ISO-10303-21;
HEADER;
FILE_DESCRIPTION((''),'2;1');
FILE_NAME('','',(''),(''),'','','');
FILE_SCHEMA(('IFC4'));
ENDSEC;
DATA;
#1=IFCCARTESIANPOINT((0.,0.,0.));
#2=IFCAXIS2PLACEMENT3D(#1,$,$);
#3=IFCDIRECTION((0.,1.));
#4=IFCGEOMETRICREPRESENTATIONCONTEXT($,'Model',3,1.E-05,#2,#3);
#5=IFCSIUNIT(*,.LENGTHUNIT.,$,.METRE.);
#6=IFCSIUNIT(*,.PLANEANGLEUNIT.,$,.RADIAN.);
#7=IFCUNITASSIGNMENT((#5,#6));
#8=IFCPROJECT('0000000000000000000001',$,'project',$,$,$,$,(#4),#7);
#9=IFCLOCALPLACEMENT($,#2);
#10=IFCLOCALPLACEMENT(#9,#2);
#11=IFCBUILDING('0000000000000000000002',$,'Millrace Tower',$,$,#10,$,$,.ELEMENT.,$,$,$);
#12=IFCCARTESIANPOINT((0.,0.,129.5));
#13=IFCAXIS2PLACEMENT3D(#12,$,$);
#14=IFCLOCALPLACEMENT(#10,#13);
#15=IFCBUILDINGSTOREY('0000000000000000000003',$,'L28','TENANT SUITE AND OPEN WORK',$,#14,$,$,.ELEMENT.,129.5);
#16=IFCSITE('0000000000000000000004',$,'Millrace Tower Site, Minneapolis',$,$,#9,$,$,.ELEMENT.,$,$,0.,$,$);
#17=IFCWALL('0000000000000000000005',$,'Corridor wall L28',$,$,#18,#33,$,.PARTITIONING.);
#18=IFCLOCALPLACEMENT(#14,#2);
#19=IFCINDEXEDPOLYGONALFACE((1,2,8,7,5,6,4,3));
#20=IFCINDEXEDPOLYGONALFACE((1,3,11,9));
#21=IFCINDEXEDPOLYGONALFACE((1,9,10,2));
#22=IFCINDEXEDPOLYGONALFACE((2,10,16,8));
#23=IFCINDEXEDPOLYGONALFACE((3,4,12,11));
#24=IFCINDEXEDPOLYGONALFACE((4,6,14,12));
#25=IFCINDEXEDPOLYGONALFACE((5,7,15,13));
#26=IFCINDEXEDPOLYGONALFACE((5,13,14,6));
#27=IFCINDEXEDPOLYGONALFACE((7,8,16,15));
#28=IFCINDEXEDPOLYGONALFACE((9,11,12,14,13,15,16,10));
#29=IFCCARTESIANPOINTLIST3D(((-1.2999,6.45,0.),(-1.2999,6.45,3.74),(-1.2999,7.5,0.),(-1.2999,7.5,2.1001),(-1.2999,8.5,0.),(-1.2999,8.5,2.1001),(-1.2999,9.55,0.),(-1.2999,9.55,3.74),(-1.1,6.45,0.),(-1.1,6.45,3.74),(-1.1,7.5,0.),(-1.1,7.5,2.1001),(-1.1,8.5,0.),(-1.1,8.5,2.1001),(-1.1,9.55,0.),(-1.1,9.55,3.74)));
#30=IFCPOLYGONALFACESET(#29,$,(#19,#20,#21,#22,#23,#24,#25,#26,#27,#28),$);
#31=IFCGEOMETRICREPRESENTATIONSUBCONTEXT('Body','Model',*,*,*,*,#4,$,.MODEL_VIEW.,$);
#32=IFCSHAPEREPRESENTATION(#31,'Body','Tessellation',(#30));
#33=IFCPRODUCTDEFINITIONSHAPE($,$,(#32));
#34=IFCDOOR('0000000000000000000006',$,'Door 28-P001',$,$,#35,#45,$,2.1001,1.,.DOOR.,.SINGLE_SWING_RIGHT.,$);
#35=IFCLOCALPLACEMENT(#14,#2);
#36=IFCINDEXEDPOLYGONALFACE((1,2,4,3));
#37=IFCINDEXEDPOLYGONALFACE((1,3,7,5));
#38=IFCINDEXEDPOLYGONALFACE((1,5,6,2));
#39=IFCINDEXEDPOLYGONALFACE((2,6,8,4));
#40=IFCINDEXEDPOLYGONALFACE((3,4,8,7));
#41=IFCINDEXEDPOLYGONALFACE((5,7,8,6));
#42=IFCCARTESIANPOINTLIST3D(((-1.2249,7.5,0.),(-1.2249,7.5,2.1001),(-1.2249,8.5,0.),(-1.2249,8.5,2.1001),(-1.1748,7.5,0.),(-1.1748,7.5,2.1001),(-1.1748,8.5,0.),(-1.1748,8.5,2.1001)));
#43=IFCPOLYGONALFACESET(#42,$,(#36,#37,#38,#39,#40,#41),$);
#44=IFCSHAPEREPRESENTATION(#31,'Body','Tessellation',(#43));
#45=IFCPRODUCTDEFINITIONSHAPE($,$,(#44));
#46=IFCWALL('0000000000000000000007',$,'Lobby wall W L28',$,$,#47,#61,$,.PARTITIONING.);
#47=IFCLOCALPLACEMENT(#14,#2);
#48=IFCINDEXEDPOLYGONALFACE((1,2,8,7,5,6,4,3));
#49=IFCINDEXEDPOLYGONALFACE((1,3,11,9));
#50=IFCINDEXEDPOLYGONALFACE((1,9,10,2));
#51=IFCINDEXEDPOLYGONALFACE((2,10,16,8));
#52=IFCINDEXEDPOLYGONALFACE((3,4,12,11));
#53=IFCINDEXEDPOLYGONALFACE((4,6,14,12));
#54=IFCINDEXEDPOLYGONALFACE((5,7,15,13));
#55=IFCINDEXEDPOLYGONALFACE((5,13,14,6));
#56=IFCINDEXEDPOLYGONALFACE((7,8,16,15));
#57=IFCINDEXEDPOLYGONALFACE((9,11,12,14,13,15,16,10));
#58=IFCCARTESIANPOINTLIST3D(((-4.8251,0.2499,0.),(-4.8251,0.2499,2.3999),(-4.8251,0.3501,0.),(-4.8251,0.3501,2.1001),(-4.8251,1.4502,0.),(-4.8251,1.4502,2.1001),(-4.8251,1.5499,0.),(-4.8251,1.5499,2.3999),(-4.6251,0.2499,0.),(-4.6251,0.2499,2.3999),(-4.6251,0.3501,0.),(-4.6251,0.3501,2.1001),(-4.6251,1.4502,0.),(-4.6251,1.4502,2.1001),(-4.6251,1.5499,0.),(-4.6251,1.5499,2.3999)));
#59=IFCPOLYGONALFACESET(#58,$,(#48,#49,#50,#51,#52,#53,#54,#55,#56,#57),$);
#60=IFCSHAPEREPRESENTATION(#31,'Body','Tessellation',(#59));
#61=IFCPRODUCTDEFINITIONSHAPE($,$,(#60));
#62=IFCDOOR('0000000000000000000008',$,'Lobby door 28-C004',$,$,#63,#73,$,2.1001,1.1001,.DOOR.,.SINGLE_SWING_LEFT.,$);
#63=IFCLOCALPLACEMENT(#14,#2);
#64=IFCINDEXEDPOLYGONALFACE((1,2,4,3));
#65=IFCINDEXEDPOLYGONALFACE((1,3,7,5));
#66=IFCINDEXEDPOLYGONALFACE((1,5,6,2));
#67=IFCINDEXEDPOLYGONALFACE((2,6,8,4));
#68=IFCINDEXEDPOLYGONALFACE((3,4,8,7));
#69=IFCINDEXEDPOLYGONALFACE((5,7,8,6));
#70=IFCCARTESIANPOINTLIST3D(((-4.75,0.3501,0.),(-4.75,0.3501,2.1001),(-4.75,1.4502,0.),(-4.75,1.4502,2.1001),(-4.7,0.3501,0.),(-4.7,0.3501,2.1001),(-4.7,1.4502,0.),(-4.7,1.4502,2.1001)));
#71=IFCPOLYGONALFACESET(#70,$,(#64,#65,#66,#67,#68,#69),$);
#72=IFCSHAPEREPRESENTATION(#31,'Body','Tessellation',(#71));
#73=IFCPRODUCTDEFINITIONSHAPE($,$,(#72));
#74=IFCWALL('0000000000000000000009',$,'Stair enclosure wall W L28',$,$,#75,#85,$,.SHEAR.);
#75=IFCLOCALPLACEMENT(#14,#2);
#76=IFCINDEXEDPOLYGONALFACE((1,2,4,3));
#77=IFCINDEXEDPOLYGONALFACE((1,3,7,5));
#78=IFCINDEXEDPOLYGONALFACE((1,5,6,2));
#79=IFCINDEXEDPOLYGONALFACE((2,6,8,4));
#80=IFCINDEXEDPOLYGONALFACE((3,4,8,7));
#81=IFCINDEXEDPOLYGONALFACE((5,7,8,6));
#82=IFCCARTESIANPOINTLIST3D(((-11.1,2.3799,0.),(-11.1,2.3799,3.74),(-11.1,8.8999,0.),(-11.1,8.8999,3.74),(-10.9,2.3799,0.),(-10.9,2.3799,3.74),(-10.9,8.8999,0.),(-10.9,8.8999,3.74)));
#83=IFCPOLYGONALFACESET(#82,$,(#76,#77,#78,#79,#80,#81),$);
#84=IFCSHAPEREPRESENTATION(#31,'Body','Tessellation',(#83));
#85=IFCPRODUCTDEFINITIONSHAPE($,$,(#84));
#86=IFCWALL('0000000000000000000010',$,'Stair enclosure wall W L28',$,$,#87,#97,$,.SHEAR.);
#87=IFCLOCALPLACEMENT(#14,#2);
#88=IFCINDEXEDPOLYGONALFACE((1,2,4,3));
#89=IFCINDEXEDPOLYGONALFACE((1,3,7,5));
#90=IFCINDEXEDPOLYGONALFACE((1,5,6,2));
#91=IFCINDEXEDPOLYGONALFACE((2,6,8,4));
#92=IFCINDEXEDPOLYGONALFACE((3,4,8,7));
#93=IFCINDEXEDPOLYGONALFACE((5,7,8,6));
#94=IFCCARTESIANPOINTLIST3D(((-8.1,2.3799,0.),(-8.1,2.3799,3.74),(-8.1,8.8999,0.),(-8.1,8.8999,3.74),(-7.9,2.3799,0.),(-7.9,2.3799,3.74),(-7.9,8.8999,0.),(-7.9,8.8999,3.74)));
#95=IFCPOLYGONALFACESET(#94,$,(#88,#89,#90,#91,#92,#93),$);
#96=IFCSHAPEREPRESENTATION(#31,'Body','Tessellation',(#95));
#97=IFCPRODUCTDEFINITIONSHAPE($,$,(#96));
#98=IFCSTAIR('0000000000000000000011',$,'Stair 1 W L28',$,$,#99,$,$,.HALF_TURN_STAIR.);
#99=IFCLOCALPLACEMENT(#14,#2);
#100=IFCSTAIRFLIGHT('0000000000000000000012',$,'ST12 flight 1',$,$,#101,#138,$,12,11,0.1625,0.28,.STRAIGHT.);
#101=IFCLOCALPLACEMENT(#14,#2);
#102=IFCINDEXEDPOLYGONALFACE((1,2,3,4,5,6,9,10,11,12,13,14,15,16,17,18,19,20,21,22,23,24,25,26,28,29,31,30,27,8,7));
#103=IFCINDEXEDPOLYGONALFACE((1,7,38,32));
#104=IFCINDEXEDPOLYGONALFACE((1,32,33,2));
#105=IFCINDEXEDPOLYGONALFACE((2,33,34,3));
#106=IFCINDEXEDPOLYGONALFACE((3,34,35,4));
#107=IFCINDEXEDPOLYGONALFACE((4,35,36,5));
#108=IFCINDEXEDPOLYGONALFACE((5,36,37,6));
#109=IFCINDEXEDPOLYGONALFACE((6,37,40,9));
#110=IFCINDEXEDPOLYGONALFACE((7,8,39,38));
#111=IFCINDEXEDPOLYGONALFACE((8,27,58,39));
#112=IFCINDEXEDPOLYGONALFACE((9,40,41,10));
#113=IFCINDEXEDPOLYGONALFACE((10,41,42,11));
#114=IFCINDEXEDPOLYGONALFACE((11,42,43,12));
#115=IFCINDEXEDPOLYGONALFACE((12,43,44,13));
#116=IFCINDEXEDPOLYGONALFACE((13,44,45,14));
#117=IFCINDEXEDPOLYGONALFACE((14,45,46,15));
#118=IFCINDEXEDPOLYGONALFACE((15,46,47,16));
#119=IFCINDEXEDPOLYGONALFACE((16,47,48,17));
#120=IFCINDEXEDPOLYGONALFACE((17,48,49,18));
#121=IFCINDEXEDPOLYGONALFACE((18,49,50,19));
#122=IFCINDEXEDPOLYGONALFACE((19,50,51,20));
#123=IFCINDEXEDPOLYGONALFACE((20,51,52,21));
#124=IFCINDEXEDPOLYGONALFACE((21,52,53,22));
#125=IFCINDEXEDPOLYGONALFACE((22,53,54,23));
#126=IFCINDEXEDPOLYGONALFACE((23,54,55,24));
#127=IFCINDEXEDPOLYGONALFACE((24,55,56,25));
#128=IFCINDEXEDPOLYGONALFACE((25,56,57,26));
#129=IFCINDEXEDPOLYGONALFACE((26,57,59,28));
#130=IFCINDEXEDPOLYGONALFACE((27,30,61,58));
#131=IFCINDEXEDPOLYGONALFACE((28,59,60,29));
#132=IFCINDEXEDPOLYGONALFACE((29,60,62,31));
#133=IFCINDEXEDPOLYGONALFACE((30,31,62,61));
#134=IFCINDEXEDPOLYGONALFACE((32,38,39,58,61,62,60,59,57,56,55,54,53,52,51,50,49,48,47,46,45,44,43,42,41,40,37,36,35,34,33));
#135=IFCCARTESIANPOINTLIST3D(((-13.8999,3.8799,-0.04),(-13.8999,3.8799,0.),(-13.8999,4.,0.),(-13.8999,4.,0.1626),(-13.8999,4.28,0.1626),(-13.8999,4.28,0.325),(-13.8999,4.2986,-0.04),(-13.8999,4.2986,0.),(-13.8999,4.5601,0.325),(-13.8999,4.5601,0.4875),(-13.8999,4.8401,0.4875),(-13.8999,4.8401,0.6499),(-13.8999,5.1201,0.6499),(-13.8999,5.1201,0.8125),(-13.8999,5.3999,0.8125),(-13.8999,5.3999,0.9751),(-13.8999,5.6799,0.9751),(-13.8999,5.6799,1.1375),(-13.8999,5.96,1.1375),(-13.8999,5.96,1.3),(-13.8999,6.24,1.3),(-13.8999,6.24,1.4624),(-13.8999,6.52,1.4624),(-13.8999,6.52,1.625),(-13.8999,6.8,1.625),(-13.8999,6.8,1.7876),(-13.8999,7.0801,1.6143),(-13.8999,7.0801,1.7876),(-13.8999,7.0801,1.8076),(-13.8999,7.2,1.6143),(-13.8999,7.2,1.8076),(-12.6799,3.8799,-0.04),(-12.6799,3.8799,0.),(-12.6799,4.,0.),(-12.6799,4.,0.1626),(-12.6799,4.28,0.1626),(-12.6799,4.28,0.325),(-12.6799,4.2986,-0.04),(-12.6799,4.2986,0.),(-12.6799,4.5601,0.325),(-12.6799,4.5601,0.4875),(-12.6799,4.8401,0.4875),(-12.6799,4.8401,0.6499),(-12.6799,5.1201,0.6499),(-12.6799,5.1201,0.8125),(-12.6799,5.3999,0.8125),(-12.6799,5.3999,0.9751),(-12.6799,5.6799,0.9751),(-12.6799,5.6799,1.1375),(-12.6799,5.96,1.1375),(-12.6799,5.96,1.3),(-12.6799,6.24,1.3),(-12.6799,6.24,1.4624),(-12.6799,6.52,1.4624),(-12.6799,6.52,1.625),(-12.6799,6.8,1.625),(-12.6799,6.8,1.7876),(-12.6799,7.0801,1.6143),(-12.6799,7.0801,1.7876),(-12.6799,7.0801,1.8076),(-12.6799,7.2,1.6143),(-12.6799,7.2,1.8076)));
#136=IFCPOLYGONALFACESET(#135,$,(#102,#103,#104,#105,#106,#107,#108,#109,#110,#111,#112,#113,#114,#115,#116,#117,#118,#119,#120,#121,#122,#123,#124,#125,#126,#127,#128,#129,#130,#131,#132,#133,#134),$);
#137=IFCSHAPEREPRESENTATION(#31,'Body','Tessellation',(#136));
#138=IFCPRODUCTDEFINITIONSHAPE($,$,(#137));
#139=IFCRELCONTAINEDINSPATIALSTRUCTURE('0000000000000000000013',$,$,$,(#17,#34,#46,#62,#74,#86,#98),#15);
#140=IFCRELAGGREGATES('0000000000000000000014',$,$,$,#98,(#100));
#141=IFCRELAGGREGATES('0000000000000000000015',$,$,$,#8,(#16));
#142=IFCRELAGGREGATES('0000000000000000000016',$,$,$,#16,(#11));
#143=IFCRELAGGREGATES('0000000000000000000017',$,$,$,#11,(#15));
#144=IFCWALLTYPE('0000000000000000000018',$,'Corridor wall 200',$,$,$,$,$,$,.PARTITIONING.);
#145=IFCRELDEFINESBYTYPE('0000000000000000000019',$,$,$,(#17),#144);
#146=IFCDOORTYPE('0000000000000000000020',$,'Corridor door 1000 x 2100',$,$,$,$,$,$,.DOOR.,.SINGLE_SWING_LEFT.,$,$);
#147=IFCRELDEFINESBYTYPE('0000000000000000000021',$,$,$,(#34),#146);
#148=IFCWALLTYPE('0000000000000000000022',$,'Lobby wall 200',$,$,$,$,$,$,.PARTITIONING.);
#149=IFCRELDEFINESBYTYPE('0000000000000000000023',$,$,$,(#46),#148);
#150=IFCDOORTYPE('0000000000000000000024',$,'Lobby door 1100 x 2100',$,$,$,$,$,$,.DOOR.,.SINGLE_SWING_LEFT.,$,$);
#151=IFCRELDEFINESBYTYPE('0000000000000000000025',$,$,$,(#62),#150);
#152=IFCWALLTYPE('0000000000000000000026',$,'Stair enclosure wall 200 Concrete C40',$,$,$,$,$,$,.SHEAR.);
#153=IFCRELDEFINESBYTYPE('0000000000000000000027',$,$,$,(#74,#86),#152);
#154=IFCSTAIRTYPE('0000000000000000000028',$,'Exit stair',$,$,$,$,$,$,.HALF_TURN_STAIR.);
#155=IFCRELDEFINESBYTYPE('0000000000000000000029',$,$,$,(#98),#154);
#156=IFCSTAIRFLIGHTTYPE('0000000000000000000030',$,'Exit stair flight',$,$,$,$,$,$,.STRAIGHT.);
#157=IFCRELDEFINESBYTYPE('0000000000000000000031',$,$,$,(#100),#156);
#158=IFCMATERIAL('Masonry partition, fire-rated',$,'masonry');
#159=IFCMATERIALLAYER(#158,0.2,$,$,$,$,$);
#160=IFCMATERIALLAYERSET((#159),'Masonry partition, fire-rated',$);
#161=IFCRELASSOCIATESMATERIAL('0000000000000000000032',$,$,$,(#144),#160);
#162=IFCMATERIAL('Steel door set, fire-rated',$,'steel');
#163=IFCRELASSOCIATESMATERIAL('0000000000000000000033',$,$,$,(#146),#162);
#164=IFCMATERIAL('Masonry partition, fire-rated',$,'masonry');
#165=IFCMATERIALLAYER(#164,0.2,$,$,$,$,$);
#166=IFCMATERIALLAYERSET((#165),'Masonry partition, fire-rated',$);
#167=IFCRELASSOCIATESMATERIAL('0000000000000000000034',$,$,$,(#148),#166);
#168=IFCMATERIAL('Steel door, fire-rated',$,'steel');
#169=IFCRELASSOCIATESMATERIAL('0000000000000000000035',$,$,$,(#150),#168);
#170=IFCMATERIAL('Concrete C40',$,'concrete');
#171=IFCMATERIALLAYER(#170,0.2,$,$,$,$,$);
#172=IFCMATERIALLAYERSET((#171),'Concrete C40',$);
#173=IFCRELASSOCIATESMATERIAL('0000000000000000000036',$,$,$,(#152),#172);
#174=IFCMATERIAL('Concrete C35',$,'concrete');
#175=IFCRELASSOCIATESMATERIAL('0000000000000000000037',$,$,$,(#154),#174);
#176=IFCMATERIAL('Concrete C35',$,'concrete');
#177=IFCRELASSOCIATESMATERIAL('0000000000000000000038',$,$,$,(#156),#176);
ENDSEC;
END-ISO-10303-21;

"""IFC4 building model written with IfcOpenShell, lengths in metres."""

from ifc_helpers import new_model, si_unit, direction, frame, frame_2d, origin, place, context, subcontext, project, spatial, polyline, rectangle, outline, extrude, material, layer, layer_set, type_object, element, fill, aggregate, save


model = new_model("IFC4")

# Units and contexts
model_context = context("Model", 3, precision=1e-05, world=origin(), true_north=direction((0.0, 1.0)))
body_context = subcontext(model_context, "Body", "Model", "MODEL_VIEW")
ifc_project = project(units=[si_unit("LENGTHUNIT", "METRE"), si_unit("PLANEANGLEUNIT", "RADIAN")], contexts=[model_context])

# Site, building, storey
site_placement = place(None, origin())
site = spatial("IfcSite", under=ifc_project, at=site_placement, Name="Millrace Tower Site, Minneapolis", CompositionType="ELEMENT", RefElevation=0.0)
building_placement = place(site_placement, origin())
building = spatial("IfcBuilding", under=site, at=building_placement, Name="Millrace Tower", CompositionType="ELEMENT")
storey_placement = place(building_placement, frame((0.0, 0.0, 129.5)))
storey = spatial("IfcBuildingStorey", under=building, at=storey_placement, Name="L28", Description="TENANT SUITE AND OPEN WORK", CompositionType="ELEMENT", Elevation=129.5)

# Shared definitions
placement_1 = place(storey_placement, origin())

# Shared definitions
ifc_material_1 = material(Name="Masonry partition, fire-rated", Category="masonry")
ifc_layer_1 = layer(ifc_material_1, 0.2)
ifc_layer_set_1 = layer_set([ifc_layer_1], Name="Masonry partition, fire-rated")
wall_type_1 = type_object("IfcWallType", Name="Corridor wall 200", PredefinedType="PARTITIONING", material=ifc_layer_set_1)

# Walls, openings, doors
wall_1_placement = place(storey_placement, frame((-1.2, 6.45, 0.0), z_axis=(0.0, 0.0, 1.0), x_axis=(0.0, 1.0, 0.0)))
wall_1 = element("IfcWall", 1, at=wall_1_placement, inside=storey, type_object=wall_type_1, Name="Corridor wall L28", PredefinedType="PARTITIONING", context=body_context, shape_type="SweptSolid", body=[
    extrude(rectangle(XDim=3.1001, YDim=0.2, at=frame_2d((1.55, 0.0))), origin(), (0.0, 0.0, 1.0), 3.74),
])
opening_1_placement = place(wall_1_placement, frame((1.05, 0.0, 0.0)))
opening_1 = element("IfcOpeningElement", 2, at=opening_1_placement, cuts=wall_1, PredefinedType="OPENING", context=body_context, shape_type="SweptSolid", body=[
    extrude(rectangle(XDim=1.0, YDim=2.1001, at=frame_2d((0.5, 1.05))), frame((0.0, 0.1099, 0.0), z_axis=(0.0, -1.0, 0.0), x_axis=(1.0, 0.0, 0.0)), (0.0, 0.0, 1.0), 0.22),
])
ifc_material_2 = material(Name="Steel door set, fire-rated", Category="steel")
door_type_1 = type_object("IfcDoorType", Name="Corridor door 1000 x 2100", OperationType="SINGLE_SWING_LEFT", PredefinedType="DOOR", material=ifc_material_2)
door_1_placement = place(opening_1_placement, origin())
door_1 = element("IfcDoor", 3, at=door_1_placement, inside=storey, type_object=door_type_1, Name="Door 28-P001", OperationType="SINGLE_SWING_RIGHT", OverallHeight=2.1001, OverallWidth=1.0, PredefinedType="DOOR", context=body_context, shape_type="SweptSolid", body=[
    extrude(rectangle(XDim=1.0, YDim=2.1001, at=frame_2d((0.5, 1.05))), frame((0.0, 0.0249, 0.0), z_axis=(0.0, -1.0, 0.0), x_axis=(1.0, 0.0, 0.0)), (0.0, 0.0, 1.0), 0.05),
])
fill(opening_1, door_1)
ifc_material_3 = material(Name="Masonry partition, fire-rated", Category="masonry")
ifc_layer_2 = layer(ifc_material_3, 0.2)
ifc_layer_set_2 = layer_set([ifc_layer_2], Name="Masonry partition, fire-rated")
wall_type_2 = type_object("IfcWallType", Name="Lobby wall 200", PredefinedType="PARTITIONING", material=ifc_layer_set_2)
wall_2_placement = place(storey_placement, frame((-4.7251, 0.25, 0.0), z_axis=(0.0, 0.0, 1.0), x_axis=(0.0, 1.0, 0.0)))
wall_2 = element("IfcWall", 4, at=wall_2_placement, inside=storey, type_object=wall_type_2, Name="Lobby wall W L28", PredefinedType="PARTITIONING", context=body_context, shape_type="SweptSolid", body=[
    extrude(rectangle(XDim=1.3, YDim=0.2, at=frame_2d((0.6499, 0.0))), origin(), (0.0, 0.0, 1.0), 2.3999),
])
opening_2_placement = place(wall_2_placement, frame((0.1001, 0.0, 0.0)))
opening_2 = element("IfcOpeningElement", 5, at=opening_2_placement, cuts=wall_2, PredefinedType="OPENING", context=body_context, shape_type="SweptSolid", body=[
    extrude(rectangle(XDim=1.1001, YDim=2.1001, at=frame_2d((0.55, 1.05))), frame((0.0, 0.1099, 0.0), z_axis=(0.0, -1.0, 0.0), x_axis=(1.0, 0.0, 0.0)), (0.0, 0.0, 1.0), 0.22),
])
ifc_material_4 = material(Name="Steel door, fire-rated", Category="steel")
door_type_2 = type_object("IfcDoorType", Name="Lobby door 1100 x 2100", OperationType="SINGLE_SWING_LEFT", PredefinedType="DOOR", material=ifc_material_4)
door_2_placement = place(opening_2_placement, origin())
door_2 = element("IfcDoor", 6, at=door_2_placement, inside=storey, type_object=door_type_2, Name="Lobby door 28-C004", OperationType="SINGLE_SWING_LEFT", OverallHeight=2.1001, OverallWidth=1.1001, PredefinedType="DOOR", context=body_context, shape_type="SweptSolid", body=[
    extrude(rectangle(XDim=1.1001, YDim=2.1001, at=frame_2d((0.55, 1.05))), frame((0.0, 0.0249, 0.0), z_axis=(0.0, -1.0, 0.0), x_axis=(1.0, 0.0, 0.0)), (0.0, 0.0, 1.0), 0.05),
])
fill(opening_2, door_2)

# Walls
ifc_material_5 = material(Name="Concrete C40", Category="concrete")
ifc_layer_3 = layer(ifc_material_5, 0.2)
ifc_layer_set_3 = layer_set([ifc_layer_3], Name="Concrete C40")
wall_type_3 = type_object("IfcWallType", Name="Stair enclosure wall 200 Concrete C40", PredefinedType="SHEAR", material=ifc_layer_set_3)
for number, where, z_axis, x_axis, name in (
    (7, (-11.0, 2.3799, 0.0), (0.0, 0.0, 1.0), (0.0, 1.0, 0.0), "Stair enclosure wall W L28"),
    (8, (-8.0, 2.3799, 0.0), (0.0, 0.0, 1.0), (0.0, 1.0, 0.0), "Stair enclosure wall W L28"),
):
    element("IfcWall", number, at=place(storey_placement, frame(where, z_axis=z_axis, x_axis=x_axis)), inside=storey, type_object=wall_type_3, Name=name, PredefinedType="SHEAR", context=body_context, shape_type="SweptSolid", body=[
        extrude(rectangle(XDim=6.52, YDim=0.2, at=frame_2d((3.26, 0.0))), origin(), (0.0, 0.0, 1.0), 3.74),
    ])

# Stair, stair flight
ifc_material_6 = material(Name="Concrete C35", Category="concrete")
stair_type = type_object("IfcStairType", Name="Exit stair", PredefinedType="HALF_TURN_STAIR", material=ifc_material_6)
stair_1 = element("IfcStair", 9, at=placement_1, inside=storey, type_object=stair_type, Name="Stair 1 W L28", PredefinedType="HALF_TURN_STAIR")
ifc_material_7 = material(Name="Concrete C35", Category="concrete")
stair_flight_type = type_object("IfcStairFlightType", Name="Exit stair flight", PredefinedType="STRAIGHT", material=ifc_material_7)
stair_flight_1_placement = place(storey_placement, frame((-13.29, 4.0, 0.0), z_axis=(0.0, 0.0, 1.0), x_axis=(0.0, 1.0, 0.0)))
stair_flight_1 = element("IfcStairFlight", 10, at=stair_flight_1_placement, type_object=stair_flight_type, Name="ST12 flight 1", NumberOfRisers=12, NumberOfTreads=11, PredefinedType="STRAIGHT", RiserHeight=0.1625, TreadLength=0.28, context=body_context, shape_type="SweptSolid", body=[
    extrude(outline(polyline([(-0.1201, -0.04), (-0.1201, 0.0), (0.0, 0.0), (0.0, 0.1626), (0.28, 0.1626), (0.28, 0.325), (0.5601, 0.325), (0.5601, 0.4875), (0.8401, 0.4875), (0.8401, 0.6499), (1.1201, 0.6499), (1.1201, 0.8125), (1.3999, 0.8125), (1.3999, 0.9751), (1.6799, 0.9751), (1.6799, 1.1375), (1.96, 1.1375), (1.96, 1.3), (2.24, 1.3), (2.24, 1.4624), (2.52, 1.4624), (2.52, 1.625), (2.8, 1.625), (2.8, 1.7876), (3.0801, 1.7876), (3.0801, 1.8076), (3.2, 1.8076), (3.2, 1.6143), (3.0801, 1.6143), (0.2986, 0.0), (0.2986, -0.04), (-0.1201, -0.04)])), frame((0.0, 0.6099, 0.0), z_axis=(0.0, -1.0, 0.0), x_axis=(1.0, 0.0, 0.0)), (0.0, 0.0, 1.0), 1.22),
])
aggregate(stair_1, [stair_flight_1])

save(model, "model.ifc")
